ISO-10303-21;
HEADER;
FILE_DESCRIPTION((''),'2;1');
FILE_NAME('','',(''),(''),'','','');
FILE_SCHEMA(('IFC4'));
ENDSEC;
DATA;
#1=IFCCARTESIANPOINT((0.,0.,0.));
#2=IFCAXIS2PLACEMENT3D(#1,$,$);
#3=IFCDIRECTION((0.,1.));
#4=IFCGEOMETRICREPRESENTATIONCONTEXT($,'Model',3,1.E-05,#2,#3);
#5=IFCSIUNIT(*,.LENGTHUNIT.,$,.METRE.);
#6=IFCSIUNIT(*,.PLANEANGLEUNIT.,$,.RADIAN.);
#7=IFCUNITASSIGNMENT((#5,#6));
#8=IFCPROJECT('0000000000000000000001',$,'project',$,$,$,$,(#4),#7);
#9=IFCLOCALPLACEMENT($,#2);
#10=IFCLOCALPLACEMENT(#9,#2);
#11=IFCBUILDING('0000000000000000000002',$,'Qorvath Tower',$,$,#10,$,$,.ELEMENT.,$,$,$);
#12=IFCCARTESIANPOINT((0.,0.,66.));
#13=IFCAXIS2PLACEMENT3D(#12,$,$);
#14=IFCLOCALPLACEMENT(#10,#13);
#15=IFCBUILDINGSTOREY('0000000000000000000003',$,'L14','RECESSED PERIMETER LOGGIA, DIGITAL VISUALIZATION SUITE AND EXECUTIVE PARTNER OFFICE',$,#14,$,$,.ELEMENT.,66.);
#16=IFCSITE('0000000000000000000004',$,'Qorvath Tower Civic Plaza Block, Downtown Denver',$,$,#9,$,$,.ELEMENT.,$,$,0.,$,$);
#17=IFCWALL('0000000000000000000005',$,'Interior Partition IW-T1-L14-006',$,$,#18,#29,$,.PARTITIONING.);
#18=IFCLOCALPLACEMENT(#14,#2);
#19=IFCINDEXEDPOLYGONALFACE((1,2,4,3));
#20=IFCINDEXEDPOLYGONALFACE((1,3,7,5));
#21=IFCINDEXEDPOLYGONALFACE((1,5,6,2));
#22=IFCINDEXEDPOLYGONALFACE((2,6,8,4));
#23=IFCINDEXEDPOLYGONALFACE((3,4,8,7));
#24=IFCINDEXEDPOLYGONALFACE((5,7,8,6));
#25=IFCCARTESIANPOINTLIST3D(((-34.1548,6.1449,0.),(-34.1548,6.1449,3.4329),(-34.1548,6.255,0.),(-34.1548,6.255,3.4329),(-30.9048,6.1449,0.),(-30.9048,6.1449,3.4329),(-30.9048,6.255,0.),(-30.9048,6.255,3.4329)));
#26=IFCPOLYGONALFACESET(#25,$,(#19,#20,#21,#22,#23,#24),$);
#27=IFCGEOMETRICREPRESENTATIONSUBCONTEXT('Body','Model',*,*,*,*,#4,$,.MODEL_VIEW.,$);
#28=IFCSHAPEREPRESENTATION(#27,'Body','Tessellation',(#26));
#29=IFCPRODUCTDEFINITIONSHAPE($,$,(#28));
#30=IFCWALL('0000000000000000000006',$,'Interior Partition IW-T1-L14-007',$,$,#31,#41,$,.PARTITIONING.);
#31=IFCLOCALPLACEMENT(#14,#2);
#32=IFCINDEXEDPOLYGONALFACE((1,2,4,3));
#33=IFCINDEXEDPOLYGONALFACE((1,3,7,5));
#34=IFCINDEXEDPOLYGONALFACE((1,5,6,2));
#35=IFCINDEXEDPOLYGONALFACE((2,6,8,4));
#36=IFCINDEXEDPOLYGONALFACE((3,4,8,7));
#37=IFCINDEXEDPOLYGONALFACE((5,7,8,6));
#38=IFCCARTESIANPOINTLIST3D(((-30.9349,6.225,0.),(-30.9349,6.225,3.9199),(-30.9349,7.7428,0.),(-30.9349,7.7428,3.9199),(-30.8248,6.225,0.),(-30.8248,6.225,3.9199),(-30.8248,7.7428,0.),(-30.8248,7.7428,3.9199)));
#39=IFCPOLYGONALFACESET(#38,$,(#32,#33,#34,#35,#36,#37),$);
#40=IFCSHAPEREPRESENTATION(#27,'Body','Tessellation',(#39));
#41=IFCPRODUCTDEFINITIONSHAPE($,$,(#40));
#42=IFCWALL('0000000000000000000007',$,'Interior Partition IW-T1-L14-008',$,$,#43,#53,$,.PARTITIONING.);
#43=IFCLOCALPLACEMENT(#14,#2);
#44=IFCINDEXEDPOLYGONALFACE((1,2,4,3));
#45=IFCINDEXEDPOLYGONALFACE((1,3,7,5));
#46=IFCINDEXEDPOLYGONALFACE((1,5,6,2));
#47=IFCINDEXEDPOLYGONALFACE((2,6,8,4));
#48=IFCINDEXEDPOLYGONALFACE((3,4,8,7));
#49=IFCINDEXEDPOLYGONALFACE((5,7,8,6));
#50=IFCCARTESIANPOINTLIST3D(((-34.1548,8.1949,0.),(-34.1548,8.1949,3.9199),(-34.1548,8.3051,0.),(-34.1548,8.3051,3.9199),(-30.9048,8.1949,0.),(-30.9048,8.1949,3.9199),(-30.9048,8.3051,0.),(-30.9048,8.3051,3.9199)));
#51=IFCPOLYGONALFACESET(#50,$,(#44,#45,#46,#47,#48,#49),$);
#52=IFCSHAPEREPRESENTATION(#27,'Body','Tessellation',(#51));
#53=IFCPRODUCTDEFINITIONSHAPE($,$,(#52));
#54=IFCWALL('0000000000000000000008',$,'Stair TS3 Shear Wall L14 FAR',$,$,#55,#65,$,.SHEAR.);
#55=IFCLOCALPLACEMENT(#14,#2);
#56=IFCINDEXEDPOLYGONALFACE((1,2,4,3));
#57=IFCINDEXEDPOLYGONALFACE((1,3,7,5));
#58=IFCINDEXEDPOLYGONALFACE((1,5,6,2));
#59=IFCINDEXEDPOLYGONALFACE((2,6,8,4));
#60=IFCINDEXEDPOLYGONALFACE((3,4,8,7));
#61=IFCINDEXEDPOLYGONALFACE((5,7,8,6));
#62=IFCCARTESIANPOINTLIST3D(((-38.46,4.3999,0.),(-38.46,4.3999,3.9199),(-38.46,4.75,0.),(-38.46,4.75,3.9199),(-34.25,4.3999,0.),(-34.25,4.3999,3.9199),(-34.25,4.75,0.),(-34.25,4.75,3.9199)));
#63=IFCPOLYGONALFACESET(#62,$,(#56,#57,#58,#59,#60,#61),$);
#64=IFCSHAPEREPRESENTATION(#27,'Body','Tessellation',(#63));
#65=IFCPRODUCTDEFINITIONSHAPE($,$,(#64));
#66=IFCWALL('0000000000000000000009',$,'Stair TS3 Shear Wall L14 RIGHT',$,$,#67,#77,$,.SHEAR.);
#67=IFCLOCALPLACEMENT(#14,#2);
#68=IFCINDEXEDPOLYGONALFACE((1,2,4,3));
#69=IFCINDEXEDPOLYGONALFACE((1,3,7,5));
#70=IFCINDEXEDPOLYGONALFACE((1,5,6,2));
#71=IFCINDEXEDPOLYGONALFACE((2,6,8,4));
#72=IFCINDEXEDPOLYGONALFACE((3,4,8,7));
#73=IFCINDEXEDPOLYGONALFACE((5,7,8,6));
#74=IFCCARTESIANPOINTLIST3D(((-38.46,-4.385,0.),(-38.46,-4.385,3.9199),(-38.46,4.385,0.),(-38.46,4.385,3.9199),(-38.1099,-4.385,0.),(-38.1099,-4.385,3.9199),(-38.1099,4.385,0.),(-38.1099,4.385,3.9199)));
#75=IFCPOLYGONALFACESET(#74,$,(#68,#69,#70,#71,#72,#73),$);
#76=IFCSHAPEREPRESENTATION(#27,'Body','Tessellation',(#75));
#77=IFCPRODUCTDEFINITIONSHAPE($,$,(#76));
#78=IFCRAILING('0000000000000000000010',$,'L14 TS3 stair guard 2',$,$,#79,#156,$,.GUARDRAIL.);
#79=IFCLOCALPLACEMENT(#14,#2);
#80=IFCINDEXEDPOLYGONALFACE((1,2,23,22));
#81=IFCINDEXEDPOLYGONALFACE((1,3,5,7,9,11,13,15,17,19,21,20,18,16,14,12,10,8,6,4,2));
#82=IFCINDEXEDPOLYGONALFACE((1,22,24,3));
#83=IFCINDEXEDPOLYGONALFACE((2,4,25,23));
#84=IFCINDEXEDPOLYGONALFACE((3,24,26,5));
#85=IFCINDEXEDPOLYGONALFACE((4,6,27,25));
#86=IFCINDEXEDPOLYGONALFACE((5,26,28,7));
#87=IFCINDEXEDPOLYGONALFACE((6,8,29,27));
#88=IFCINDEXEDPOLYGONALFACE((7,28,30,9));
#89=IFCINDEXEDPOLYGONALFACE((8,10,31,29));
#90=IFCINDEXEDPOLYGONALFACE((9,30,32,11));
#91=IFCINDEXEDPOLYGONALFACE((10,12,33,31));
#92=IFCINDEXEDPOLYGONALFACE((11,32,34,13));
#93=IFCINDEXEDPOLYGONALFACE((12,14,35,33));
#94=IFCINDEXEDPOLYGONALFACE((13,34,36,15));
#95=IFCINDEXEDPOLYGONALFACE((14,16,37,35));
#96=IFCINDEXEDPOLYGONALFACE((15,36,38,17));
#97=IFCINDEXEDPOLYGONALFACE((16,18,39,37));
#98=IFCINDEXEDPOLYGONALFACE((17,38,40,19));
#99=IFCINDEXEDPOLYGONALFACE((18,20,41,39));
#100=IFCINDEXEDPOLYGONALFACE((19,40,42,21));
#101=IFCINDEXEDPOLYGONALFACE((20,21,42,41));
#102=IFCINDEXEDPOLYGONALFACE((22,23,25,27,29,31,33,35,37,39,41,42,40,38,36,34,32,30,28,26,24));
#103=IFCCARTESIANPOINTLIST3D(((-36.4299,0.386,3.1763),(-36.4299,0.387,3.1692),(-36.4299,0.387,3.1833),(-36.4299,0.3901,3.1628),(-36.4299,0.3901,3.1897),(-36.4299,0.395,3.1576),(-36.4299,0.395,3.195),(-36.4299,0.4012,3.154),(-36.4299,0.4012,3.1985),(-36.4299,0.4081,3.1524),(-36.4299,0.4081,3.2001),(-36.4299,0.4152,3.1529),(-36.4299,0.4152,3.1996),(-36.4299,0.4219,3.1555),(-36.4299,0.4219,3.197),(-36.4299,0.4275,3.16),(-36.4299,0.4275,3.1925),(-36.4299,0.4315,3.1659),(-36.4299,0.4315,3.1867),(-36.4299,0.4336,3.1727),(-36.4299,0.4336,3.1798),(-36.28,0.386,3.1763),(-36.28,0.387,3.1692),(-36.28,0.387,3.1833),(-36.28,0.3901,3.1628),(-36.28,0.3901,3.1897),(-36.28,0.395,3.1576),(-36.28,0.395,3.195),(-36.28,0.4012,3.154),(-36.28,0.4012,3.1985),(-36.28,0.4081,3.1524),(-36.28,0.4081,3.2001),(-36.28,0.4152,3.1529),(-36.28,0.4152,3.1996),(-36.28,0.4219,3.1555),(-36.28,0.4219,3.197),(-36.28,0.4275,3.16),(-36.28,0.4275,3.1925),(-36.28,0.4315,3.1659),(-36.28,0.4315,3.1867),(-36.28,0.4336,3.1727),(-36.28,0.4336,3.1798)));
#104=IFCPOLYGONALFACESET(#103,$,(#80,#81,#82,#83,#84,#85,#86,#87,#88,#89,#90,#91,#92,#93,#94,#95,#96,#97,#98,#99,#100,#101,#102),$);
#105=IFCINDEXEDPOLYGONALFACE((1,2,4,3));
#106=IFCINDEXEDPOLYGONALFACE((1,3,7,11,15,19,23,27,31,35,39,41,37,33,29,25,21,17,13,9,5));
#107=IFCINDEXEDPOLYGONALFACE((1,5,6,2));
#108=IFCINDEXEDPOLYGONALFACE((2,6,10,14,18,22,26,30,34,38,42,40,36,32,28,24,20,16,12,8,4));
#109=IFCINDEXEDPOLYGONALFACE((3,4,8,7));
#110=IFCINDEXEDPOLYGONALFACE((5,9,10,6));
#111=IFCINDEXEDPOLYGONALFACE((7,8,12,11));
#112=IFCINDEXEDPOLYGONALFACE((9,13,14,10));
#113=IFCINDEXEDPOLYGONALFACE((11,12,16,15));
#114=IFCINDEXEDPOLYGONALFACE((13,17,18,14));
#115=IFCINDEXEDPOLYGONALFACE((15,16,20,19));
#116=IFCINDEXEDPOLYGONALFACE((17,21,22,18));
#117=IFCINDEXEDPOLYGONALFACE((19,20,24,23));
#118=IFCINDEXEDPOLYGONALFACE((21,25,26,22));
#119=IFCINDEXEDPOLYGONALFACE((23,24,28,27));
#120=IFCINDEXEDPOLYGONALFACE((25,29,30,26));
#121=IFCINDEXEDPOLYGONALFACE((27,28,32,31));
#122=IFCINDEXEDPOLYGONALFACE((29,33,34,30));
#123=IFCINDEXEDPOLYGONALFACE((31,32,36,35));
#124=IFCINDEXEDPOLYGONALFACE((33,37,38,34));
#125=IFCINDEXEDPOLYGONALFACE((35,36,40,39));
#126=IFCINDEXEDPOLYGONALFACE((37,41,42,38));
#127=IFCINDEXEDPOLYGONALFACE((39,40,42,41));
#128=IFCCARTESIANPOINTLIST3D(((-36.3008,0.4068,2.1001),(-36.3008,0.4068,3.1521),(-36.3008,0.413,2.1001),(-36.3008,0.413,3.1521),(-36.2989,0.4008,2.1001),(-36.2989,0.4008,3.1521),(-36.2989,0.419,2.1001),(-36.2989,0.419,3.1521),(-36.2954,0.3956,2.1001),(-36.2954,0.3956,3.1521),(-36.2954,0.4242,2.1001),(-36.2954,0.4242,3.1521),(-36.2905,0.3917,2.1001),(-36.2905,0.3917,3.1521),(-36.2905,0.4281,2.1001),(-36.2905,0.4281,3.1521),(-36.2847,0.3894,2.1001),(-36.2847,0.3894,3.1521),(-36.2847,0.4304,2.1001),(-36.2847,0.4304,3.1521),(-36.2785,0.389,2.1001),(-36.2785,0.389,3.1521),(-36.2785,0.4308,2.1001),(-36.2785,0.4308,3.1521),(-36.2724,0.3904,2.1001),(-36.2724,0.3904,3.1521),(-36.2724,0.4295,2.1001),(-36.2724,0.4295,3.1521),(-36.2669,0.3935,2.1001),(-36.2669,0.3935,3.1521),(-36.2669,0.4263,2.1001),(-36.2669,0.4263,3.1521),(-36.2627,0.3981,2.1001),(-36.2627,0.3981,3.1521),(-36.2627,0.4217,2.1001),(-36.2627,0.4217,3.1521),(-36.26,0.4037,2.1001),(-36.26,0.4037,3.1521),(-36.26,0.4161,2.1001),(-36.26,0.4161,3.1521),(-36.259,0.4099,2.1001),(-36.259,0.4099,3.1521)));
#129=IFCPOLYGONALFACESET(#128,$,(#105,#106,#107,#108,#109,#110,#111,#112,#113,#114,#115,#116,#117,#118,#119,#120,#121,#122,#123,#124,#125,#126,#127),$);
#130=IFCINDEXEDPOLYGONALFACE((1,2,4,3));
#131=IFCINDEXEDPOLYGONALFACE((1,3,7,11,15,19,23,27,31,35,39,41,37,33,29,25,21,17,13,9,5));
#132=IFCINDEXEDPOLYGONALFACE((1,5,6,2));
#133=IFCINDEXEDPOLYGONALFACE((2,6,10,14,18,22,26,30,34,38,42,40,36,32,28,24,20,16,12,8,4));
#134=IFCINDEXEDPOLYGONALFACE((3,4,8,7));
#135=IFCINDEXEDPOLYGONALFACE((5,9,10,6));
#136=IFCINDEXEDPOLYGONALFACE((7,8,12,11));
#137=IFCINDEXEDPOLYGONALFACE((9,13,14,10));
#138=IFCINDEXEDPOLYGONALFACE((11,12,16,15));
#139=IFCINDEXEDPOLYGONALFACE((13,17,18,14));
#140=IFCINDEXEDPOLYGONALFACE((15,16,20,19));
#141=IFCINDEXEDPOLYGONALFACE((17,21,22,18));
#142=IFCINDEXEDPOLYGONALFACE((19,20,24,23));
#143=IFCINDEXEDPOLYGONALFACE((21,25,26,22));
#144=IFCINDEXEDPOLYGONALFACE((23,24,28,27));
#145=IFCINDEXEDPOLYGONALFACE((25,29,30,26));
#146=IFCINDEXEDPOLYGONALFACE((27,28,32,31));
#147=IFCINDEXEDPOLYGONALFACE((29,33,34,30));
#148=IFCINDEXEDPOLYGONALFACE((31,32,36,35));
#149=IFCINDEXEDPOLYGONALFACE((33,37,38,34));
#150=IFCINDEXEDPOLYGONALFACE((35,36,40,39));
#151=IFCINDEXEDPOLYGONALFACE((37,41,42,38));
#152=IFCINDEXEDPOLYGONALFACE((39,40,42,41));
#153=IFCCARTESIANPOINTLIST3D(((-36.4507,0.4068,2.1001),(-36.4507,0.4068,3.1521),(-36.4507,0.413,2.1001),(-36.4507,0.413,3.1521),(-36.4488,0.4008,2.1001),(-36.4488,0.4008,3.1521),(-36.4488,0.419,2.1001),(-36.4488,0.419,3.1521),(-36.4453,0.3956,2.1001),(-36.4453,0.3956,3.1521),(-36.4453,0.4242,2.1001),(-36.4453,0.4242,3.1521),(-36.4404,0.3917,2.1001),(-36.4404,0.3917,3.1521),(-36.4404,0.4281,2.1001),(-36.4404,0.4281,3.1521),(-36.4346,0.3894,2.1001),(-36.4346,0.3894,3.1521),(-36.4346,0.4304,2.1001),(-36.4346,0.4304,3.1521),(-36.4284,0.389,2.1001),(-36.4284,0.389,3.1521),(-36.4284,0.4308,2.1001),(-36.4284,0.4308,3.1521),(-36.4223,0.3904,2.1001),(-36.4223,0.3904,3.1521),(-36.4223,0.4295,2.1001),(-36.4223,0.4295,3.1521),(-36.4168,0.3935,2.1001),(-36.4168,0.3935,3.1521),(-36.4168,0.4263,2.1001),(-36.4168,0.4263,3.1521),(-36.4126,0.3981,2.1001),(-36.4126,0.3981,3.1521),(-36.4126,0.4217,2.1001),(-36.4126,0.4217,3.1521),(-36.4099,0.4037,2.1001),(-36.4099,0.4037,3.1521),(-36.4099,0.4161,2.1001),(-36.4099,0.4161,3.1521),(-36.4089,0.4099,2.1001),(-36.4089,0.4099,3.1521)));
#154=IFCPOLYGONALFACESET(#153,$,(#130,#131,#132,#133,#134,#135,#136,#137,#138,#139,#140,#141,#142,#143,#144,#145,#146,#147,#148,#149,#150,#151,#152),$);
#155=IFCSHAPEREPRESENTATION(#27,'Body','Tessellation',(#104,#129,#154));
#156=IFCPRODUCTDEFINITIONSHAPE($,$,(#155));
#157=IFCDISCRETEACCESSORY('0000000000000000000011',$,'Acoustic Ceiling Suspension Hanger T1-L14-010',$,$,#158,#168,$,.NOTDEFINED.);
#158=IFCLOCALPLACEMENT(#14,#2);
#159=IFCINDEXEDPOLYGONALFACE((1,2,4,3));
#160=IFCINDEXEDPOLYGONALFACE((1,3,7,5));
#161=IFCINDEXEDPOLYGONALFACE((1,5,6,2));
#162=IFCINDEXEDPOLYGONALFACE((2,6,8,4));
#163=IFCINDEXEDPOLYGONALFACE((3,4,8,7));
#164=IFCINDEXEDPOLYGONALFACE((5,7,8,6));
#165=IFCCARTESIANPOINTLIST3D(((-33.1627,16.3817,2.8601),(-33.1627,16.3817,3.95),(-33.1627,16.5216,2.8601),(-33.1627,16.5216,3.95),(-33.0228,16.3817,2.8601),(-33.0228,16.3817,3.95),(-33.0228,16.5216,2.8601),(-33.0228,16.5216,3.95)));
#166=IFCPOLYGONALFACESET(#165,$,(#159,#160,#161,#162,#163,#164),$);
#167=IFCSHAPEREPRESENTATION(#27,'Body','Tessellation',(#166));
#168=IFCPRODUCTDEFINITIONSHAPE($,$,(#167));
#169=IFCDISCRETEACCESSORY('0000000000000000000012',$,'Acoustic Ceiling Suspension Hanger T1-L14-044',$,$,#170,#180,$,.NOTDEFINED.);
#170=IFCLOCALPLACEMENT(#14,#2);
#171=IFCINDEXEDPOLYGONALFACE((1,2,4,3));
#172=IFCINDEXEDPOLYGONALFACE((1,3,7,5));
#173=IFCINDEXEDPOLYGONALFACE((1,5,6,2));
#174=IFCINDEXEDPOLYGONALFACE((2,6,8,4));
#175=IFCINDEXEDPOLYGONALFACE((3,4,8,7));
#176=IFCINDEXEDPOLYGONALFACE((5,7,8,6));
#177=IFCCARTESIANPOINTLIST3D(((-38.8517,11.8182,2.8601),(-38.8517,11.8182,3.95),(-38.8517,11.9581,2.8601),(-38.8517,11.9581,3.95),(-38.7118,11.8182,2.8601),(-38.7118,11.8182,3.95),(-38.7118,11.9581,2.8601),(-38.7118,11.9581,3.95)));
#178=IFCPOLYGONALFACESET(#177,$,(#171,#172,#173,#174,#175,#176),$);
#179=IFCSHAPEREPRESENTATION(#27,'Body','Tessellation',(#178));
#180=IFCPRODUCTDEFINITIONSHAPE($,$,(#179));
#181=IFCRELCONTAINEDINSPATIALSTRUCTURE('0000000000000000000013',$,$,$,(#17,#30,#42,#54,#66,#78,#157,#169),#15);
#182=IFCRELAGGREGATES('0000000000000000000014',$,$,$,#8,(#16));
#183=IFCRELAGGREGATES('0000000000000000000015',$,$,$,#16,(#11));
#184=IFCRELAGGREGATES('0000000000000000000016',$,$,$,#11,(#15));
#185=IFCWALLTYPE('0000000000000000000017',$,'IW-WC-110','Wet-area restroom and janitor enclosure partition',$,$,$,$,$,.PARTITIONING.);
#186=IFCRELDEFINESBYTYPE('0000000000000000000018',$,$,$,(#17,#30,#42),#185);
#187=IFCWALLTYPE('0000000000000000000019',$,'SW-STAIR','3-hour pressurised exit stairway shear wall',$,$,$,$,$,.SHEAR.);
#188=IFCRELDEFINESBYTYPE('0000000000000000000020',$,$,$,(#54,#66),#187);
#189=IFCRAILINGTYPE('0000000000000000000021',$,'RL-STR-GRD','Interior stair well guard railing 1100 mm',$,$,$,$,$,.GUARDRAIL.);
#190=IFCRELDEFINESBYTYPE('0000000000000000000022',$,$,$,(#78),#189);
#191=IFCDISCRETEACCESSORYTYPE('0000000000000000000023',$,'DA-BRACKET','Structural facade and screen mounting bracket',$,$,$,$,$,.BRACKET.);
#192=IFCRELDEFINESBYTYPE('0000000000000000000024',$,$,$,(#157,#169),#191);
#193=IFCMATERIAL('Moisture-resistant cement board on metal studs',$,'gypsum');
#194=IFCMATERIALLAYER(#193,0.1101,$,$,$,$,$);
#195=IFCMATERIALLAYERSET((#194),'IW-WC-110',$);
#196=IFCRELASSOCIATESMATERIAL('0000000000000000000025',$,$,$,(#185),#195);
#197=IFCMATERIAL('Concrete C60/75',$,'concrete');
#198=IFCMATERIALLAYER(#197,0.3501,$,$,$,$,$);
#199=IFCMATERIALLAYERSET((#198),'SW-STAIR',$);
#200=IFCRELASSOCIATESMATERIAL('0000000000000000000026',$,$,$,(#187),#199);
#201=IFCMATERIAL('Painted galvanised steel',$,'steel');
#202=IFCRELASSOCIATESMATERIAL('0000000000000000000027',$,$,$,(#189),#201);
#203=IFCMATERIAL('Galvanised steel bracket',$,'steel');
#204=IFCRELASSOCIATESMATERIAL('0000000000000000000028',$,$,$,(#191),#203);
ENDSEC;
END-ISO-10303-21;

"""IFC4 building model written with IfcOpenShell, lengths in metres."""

from ifc_helpers import new_model, si_unit, direction, frame, frame_2d, origin, origin_2d, place, context, subcontext, project, spatial, rectangle, circle, extrude, material, layer, layer_set, type_object, element, save


model = new_model("IFC4")

# Units and contexts
model_context = context("Model", 3, precision=1e-05, world=origin(), true_north=direction((0.0, 1.0)))
body_context = subcontext(model_context, "Body", "Model", "MODEL_VIEW")
ifc_project = project(units=[si_unit("LENGTHUNIT", "METRE"), si_unit("PLANEANGLEUNIT", "RADIAN")], contexts=[model_context])

# Site, building, storey
site_placement = place(None, origin())
site = spatial("IfcSite", under=ifc_project, at=site_placement, Name="Qorvath Tower Civic Plaza Block, Downtown Denver", CompositionType="ELEMENT", RefElevation=0.0)
building_placement = place(site_placement, origin())
building = spatial("IfcBuilding", under=site, at=building_placement, Name="Qorvath Tower", CompositionType="ELEMENT")
storey_placement = place(building_placement, frame((0.0, 0.0, 66.0)))
storey = spatial("IfcBuildingStorey", under=building, at=storey_placement, Name="L14", Description="RECESSED PERIMETER LOGGIA, DIGITAL VISUALIZATION SUITE AND EXECUTIVE PARTNER OFFICE", CompositionType="ELEMENT", Elevation=66.0)

# Shared definitions
ifc_material_1 = material(Name="Moisture-resistant cement board on metal studs", Category="gypsum")
ifc_layer_1 = layer(ifc_material_1, 0.1101)
ifc_layer_set_1 = layer_set([ifc_layer_1], Name="IW-WC-110")
wall_type_1 = type_object("IfcWallType", Name="IW-WC-110", Description="Wet-area restroom and janitor enclosure partition", PredefinedType="PARTITIONING", material=ifc_layer_set_1)

# Walls
wall_1_placement = place(storey_placement, frame((-34.1548, 6.2, 0.0), z_axis=(0.0, 0.0, 1.0), x_axis=(1.0, 0.0, 0.0)))
element("IfcWall", 1, at=wall_1_placement, inside=storey, type_object=wall_type_1, Name="Interior Partition IW-T1-L14-006", PredefinedType="PARTITIONING", context=body_context, shape_type="SweptSolid", body=[
    extrude(rectangle(XDim=3.25, YDim=0.1101, at=frame_2d((1.625, 0.0))), origin(), (0.0, 0.0, 1.0), 3.4329),
])
wall_2_placement = place(storey_placement, frame((-30.8799, 6.2251, 0.0), z_axis=(0.0, 0.0, 1.0), x_axis=(0.0, 1.0, 0.0)))
element("IfcWall", 2, at=wall_2_placement, inside=storey, type_object=wall_type_1, Name="Interior Partition IW-T1-L14-007", PredefinedType="PARTITIONING", context=body_context, shape_type="SweptSolid", body=[
    extrude(rectangle(XDim=1.5178, YDim=0.1101, at=frame_2d((0.7588, 0.0))), origin(), (0.0, 0.0, 1.0), 3.9199),
])
wall_3_placement = place(storey_placement, frame((-30.9048, 8.25, 0.0), z_axis=(0.0, 0.0, 1.0), x_axis=(-1.0, 0.0, 0.0)))
element("IfcWall", 3, at=wall_3_placement, inside=storey, type_object=wall_type_1, Name="Interior Partition IW-T1-L14-008", PredefinedType="PARTITIONING", context=body_context, shape_type="SweptSolid", body=[
    extrude(rectangle(XDim=3.25, YDim=0.1101, at=frame_2d((1.625, 0.0))), origin(), (0.0, 0.0, 1.0), 3.9199),
])
ifc_material_2 = material(Name="Concrete C60/75", Category="concrete")
ifc_layer_2 = layer(ifc_material_2, 0.3501)
ifc_layer_set_2 = layer_set([ifc_layer_2], Name="SW-STAIR")
wall_type_2 = type_object("IfcWallType", Name="SW-STAIR", Description="3-hour pressurised exit stairway shear wall", PredefinedType="SHEAR", material=ifc_layer_set_2)
wall_4_placement = place(storey_placement, frame((-34.25, 4.575, 0.0), z_axis=(0.0, 0.0, 1.0), x_axis=(-1.0, 0.0, 0.0)))
element("IfcWall", 4, at=wall_4_placement, inside=storey, type_object=wall_type_2, Name="Stair TS3 Shear Wall L14 FAR", PredefinedType="SHEAR", context=body_context, shape_type="SweptSolid", body=[
    extrude(rectangle(XDim=4.21, YDim=0.3501, at=frame_2d((2.105, 0.0))), origin(), (0.0, 0.0, 1.0), 3.9199),
])
wall_5_placement = place(storey_placement, frame((-38.2849, 4.385, 0.0), z_axis=(0.0, 0.0, 1.0), x_axis=(0.0, -1.0, 0.0)))
element("IfcWall", 5, at=wall_5_placement, inside=storey, type_object=wall_type_2, Name="Stair TS3 Shear Wall L14 RIGHT", PredefinedType="SHEAR", context=body_context, shape_type="SweptSolid", body=[
    extrude(rectangle(XDim=8.77, YDim=0.3501, at=frame_2d((4.385, 0.0))), origin(), (0.0, 0.0, 1.0), 3.9199),
])

# Railing
ifc_material_3 = material(Name="Painted galvanised steel", Category="steel")
railing_type = type_object("IfcRailingType", Name="RL-STR-GRD", Description="Interior stair well guard railing 1100 mm", PredefinedType="GUARDRAIL", material=ifc_material_3)
railing_placement = place(storey_placement, frame((-36.28, 0.4099, 2.1001)))
element("IfcRailing", 6, at=railing_placement, inside=storey, type_object=railing_type, Name="L14 TS3 stair guard 2", PredefinedType="GUARDRAIL", context=body_context, shape_type="SweptSolid", body=[
    extrude(circle(Radius=0.0239, at=origin_2d()), frame((0.0, 0.0, 1.0762), z_axis=(-1.0, 0.0, 0.0), x_axis=(0.0, -1.0, 0.0)), (0.0, 0.0, 1.0), 0.1499),
    extrude(circle(Radius=0.021, at=origin_2d()), origin(), (0.0, 0.0, 1.0), 1.052),
    extrude(circle(Radius=0.021, at=origin_2d()), frame((-0.1499, 0.0, 0.0)), (0.0, 0.0, 1.0), 1.052),
])

# Discrete accessories
ifc_material_4 = material(Name="Galvanised steel bracket", Category="steel")
discrete_accessory_type = type_object("IfcDiscreteAccessoryType", Name="DA-BRACKET", Description="Structural facade and screen mounting bracket", PredefinedType="BRACKET", material=ifc_material_4)
for number, where, z_axis, x_axis, name in (
    (7, (-33.0928, 16.4517, 2.8601), (0.0, 0.0, 1.0), (1.0, 0.0, 0.0), "Acoustic Ceiling Suspension Hanger T1-L14-010"),
    (8, (-38.7817, 11.8882, 2.8601), (0.0, 0.0, 1.0), (1.0, 0.0, 0.0), "Acoustic Ceiling Suspension Hanger T1-L14-044"),
):
    element("IfcDiscreteAccessory", number, at=place(storey_placement, frame(where, z_axis=z_axis, x_axis=x_axis)), inside=storey, type_object=discrete_accessory_type, Name=name, PredefinedType="NOTDEFINED", context=body_context, shape_type="SweptSolid", body=[
        extrude(rectangle(XDim=0.1399, YDim=0.1399, at=origin_2d()), origin(), (0.0, 0.0, 1.0), 1.0898),
    ])

save(model, "model.ifc")
